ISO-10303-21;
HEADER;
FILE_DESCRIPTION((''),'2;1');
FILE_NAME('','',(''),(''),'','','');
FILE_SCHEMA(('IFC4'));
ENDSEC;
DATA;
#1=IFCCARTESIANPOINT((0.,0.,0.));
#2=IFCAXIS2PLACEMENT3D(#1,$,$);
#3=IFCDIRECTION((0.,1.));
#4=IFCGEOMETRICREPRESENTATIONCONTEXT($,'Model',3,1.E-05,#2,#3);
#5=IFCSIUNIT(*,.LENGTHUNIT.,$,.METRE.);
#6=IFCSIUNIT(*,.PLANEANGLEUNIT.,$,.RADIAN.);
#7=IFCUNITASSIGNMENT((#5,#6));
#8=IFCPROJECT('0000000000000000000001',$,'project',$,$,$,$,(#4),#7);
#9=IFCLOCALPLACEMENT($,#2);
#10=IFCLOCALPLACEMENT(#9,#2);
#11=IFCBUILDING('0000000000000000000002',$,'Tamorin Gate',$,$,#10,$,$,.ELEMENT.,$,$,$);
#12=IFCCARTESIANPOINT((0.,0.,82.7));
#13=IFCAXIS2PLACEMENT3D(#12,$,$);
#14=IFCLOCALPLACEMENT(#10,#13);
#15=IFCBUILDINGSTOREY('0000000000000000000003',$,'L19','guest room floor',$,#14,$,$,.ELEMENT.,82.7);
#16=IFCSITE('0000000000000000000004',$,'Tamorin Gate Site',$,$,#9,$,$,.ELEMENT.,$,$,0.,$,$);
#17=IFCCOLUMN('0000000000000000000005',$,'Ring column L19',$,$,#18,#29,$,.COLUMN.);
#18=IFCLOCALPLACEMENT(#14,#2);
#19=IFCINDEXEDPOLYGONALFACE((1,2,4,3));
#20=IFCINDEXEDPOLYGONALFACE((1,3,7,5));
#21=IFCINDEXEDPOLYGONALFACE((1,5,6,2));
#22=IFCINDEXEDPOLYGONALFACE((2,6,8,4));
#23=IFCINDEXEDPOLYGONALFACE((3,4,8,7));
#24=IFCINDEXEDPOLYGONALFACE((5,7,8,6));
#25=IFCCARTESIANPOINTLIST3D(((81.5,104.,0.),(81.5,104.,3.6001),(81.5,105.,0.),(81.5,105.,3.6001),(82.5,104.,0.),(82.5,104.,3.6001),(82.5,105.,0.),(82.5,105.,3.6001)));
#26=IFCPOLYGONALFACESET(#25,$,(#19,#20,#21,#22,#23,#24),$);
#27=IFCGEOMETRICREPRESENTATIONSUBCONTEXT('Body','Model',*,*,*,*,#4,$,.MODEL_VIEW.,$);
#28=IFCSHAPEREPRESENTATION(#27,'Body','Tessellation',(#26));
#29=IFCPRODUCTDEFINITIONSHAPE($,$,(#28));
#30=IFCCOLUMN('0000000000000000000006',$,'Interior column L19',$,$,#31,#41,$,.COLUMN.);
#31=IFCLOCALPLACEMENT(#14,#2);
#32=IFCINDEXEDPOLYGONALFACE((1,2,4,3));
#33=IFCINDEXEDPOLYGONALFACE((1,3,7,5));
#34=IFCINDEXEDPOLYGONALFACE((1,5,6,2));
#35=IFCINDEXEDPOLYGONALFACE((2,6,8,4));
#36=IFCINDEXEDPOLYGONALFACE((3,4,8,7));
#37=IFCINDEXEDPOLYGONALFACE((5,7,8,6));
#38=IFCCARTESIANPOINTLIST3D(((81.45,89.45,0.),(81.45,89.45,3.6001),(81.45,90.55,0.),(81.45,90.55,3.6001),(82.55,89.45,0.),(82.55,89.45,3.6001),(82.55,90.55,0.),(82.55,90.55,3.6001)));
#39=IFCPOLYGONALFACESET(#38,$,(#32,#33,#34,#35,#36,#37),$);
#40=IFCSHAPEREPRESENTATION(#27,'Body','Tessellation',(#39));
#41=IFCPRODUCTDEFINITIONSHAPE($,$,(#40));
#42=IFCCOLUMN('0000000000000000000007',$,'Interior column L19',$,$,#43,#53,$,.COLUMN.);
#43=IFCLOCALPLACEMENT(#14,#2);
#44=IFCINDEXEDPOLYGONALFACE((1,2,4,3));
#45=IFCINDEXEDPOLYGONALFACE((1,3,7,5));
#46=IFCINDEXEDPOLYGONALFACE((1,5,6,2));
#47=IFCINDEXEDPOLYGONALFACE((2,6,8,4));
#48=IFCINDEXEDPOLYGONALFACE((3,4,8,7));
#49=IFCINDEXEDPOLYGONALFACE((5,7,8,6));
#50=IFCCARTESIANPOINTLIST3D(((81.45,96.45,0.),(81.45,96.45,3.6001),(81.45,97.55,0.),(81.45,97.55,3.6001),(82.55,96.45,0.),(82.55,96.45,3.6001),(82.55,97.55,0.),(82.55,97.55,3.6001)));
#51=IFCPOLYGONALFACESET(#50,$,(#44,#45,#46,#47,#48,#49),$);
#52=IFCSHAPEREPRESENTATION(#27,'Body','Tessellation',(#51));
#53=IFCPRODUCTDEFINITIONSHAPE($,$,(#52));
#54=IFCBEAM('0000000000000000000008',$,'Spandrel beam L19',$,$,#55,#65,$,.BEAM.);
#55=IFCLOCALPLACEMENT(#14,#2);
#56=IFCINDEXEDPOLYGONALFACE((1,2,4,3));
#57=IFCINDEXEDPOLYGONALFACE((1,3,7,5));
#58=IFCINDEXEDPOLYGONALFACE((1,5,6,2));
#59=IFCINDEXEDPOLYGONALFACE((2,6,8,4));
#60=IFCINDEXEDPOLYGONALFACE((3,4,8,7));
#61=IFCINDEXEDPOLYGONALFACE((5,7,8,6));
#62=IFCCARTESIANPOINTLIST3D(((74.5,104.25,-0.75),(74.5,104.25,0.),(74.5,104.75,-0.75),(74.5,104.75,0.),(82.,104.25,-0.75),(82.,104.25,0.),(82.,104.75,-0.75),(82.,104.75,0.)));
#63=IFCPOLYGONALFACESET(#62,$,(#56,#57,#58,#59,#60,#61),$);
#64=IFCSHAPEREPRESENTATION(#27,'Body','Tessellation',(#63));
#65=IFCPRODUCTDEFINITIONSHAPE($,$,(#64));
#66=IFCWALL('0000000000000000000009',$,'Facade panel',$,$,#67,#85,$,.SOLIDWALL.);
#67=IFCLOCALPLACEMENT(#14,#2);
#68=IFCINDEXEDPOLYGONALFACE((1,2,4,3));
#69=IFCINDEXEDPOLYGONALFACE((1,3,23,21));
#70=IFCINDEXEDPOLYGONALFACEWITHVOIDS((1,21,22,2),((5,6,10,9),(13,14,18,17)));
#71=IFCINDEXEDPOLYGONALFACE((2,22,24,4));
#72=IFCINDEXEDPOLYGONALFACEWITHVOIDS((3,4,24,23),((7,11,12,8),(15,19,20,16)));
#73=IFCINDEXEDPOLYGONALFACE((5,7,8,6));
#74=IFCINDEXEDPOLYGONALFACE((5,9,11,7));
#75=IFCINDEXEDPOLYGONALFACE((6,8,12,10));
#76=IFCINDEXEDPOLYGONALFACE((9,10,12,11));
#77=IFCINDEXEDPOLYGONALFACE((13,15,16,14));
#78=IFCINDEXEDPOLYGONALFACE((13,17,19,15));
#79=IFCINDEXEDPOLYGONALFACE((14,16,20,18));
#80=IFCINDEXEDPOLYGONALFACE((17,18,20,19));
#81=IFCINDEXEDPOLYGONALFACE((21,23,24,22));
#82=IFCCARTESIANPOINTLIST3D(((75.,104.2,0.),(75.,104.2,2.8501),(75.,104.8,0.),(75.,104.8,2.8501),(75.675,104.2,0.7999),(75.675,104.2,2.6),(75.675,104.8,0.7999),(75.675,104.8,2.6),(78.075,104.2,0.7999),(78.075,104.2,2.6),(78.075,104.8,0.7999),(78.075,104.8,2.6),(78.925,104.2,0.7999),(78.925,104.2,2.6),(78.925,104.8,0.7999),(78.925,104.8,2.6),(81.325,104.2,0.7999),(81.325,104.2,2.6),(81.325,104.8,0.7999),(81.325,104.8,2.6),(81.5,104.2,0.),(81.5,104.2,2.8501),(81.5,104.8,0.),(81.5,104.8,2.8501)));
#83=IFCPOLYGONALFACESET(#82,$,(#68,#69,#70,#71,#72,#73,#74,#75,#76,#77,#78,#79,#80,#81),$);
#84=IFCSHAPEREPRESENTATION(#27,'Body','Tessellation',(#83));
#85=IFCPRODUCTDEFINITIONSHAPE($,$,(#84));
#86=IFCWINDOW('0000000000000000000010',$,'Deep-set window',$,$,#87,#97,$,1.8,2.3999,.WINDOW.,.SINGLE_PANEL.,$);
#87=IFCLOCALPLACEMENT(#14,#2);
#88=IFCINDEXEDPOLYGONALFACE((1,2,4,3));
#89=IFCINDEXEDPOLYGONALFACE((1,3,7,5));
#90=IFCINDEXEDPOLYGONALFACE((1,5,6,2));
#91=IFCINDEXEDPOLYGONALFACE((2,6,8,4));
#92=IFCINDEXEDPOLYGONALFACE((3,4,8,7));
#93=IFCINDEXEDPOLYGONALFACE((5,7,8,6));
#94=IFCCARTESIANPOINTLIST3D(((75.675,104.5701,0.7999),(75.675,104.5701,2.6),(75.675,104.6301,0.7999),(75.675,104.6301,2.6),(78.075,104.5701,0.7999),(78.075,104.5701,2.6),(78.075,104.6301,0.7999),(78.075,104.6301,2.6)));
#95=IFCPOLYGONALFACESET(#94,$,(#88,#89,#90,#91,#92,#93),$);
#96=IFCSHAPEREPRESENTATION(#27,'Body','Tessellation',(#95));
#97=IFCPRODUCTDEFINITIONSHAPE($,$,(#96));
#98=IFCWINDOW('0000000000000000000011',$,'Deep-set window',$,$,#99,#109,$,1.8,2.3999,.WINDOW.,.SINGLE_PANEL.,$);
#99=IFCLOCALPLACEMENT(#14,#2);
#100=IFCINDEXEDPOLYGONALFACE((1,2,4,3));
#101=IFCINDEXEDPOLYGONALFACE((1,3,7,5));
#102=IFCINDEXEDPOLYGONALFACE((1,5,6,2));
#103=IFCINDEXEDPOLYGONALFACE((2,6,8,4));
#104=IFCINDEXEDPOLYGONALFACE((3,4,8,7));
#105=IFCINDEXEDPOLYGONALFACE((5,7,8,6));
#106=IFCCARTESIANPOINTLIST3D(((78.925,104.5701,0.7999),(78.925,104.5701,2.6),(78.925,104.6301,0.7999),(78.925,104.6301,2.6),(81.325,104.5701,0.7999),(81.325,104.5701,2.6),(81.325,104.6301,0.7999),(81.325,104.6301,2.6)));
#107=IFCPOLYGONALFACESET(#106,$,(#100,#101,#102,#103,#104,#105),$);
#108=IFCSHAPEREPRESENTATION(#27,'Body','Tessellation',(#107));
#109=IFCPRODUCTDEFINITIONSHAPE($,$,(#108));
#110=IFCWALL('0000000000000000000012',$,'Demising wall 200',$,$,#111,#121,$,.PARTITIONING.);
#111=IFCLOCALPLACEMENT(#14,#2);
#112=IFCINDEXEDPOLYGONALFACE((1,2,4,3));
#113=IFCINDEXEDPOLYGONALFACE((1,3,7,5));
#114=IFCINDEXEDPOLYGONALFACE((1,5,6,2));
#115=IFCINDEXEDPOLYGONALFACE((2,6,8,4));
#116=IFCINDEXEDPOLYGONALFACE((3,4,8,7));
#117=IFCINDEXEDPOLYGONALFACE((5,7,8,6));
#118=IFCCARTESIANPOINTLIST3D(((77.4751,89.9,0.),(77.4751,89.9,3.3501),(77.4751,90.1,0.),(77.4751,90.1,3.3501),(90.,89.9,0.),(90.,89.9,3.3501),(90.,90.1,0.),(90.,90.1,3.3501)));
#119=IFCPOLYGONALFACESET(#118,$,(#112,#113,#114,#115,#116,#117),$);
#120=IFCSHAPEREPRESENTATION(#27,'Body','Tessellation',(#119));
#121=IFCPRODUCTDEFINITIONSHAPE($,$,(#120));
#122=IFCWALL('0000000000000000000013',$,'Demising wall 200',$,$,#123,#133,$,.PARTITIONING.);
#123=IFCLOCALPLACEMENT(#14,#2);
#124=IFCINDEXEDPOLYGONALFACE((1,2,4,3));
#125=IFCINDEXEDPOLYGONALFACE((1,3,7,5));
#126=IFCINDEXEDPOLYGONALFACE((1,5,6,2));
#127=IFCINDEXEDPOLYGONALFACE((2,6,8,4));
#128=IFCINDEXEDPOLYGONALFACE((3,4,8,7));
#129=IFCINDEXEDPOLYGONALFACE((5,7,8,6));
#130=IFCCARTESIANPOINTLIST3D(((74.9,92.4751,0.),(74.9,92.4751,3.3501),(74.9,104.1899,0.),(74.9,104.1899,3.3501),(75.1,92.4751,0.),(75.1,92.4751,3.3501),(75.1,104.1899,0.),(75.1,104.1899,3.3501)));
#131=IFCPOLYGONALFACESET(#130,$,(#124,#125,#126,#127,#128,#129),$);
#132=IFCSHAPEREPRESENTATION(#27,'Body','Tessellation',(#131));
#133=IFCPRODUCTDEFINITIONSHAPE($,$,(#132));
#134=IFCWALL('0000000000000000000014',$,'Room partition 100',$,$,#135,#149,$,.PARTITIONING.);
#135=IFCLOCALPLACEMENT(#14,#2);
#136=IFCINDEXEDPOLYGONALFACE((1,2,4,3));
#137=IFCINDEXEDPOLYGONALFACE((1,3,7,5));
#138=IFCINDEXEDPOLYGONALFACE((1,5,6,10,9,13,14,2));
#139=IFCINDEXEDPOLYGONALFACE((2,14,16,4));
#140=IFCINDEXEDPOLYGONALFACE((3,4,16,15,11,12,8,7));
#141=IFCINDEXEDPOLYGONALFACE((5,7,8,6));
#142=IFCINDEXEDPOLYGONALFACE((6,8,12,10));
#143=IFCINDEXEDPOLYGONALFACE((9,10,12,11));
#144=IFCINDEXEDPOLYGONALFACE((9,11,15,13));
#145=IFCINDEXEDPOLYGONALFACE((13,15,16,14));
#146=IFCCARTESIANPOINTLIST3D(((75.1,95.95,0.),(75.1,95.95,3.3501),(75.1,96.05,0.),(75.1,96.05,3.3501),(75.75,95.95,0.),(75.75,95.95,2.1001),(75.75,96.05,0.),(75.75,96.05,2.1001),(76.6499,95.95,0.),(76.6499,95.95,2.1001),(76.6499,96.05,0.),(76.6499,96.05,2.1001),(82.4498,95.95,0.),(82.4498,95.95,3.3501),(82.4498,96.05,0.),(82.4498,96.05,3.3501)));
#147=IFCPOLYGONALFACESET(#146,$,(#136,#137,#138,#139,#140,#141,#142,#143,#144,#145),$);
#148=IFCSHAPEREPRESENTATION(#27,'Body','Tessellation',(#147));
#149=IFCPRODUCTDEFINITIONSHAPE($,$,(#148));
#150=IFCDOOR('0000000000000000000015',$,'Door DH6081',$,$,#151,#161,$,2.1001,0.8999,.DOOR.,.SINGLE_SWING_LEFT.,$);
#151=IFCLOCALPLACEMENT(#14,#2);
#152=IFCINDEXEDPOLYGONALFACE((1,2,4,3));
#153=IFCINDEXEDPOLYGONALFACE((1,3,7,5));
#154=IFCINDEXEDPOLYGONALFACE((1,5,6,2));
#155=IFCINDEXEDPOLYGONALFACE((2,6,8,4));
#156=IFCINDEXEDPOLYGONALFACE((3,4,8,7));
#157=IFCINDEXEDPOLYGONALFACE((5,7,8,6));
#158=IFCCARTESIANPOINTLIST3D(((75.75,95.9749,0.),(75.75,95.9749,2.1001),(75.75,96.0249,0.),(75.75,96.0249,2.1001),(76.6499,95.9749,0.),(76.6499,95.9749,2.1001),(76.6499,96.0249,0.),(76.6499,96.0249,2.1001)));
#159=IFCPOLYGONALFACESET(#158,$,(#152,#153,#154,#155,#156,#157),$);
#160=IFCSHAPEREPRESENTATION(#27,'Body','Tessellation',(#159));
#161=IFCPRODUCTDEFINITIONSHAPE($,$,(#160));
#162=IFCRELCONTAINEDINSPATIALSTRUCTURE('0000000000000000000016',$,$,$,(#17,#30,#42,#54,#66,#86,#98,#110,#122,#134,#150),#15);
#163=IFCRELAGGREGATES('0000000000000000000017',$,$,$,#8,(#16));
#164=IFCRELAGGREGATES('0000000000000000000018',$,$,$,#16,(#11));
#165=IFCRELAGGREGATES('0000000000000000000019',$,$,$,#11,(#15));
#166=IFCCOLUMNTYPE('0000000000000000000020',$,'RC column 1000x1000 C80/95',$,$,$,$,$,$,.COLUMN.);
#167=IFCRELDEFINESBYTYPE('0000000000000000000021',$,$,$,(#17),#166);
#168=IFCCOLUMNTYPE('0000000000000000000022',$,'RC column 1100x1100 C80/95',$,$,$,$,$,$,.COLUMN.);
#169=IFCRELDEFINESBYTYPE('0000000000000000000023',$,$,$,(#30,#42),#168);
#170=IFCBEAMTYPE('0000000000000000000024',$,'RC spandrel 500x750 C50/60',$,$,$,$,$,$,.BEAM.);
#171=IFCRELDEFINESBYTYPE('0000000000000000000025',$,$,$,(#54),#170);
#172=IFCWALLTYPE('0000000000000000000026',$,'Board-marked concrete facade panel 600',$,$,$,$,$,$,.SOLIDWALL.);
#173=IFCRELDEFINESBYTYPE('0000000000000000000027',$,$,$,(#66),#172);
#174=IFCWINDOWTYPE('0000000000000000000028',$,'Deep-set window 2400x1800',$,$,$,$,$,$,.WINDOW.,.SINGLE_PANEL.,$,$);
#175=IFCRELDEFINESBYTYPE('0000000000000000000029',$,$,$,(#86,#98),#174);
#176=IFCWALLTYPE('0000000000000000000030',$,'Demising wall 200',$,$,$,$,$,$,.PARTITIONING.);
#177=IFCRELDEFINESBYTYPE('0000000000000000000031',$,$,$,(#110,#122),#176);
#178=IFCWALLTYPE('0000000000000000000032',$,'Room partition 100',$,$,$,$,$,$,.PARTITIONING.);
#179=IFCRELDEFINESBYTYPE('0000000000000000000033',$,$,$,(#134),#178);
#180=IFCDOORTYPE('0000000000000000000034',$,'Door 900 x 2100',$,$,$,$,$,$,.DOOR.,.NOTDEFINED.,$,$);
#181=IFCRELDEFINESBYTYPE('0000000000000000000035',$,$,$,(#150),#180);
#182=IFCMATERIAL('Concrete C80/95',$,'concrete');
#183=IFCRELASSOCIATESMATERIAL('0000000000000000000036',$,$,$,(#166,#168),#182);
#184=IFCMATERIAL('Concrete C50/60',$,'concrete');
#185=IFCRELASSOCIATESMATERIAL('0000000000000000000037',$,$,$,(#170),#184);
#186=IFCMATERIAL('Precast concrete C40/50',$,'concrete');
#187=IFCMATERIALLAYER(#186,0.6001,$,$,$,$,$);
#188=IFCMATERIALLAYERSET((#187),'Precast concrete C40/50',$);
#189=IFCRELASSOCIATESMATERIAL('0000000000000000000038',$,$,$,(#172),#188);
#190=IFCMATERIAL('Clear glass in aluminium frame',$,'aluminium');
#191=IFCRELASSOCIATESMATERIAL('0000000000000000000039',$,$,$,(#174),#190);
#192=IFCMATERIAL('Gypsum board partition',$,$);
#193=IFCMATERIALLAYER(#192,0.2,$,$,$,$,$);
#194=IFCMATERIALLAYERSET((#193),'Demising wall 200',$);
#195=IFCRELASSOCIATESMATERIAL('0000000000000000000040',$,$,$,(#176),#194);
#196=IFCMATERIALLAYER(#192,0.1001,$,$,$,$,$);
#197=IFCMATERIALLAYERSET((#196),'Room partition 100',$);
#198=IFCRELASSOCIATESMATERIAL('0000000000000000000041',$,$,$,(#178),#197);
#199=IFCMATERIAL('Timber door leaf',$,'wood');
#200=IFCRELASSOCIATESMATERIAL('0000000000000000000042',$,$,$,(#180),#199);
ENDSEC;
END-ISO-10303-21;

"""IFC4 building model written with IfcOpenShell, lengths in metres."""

from ifc_helpers import new_model, si_unit, direction, frame, frame_2d, origin, origin_2d, place, context, subcontext, project, spatial, rectangle, extrude, material, layer, layer_set, material_profile, profile_set, type_object, element, fill, save


model = new_model("IFC4")

# Units and contexts
model_context = context("Model", 3, precision=1e-05, world=origin(), true_north=direction((0.0, 1.0)))
body_context = subcontext(model_context, "Body", "Model", "MODEL_VIEW")
ifc_project = project(units=[si_unit("LENGTHUNIT", "METRE"), si_unit("PLANEANGLEUNIT", "RADIAN")], contexts=[model_context])

# Site, building, storey
site_placement = place(None, origin())
site = spatial("IfcSite", under=ifc_project, at=site_placement, Name="Tamorin Gate Site", CompositionType="ELEMENT", RefElevation=0.0)
building_placement = place(site_placement, origin())
building = spatial("IfcBuilding", under=site, at=building_placement, Name="Tamorin Gate", CompositionType="ELEMENT")
storey_placement = place(building_placement, frame((0.0, 0.0, 82.7)))
storey = spatial("IfcBuildingStorey", under=building, at=storey_placement, Name="L19", Description="guest room floor", CompositionType="ELEMENT", Elevation=82.7)

# Columns
ifc_material_1 = material(Name="Concrete C80/95", Category="concrete")
ifc_material_profile_1 = material_profile(ifc_material_1, rectangle(XDim=1.0, YDim=1.0, at=origin_2d()), Name="RC 1000x1000")
ifc_profile_set_1 = profile_set([ifc_material_profile_1], Name="Concrete C80/95")
column_type_1 = type_object("IfcColumnType", Name="RC column 1000x1000 C80/95", PredefinedType="COLUMN", material=ifc_profile_set_1)
column_placement = place(storey_placement, frame((82.0, 104.5, 0.0), z_axis=(0.0, 0.0, 1.0), x_axis=(1.0, 0.0, 0.0)))
element("IfcColumn", 1, at=column_placement, inside=storey, type_object=column_type_1, Name="Ring column L19", PredefinedType="COLUMN", context=body_context, shape_type="SweptSolid", body=[
    extrude(rectangle(XDim=1.0, YDim=1.0, at=origin_2d()), origin(), (0.0, 0.0, 1.0), 3.6001),
])
ifc_material_profile_2 = material_profile(ifc_material_1, rectangle(XDim=1.1001, YDim=1.1001, at=origin_2d()), Name="RC 1100x1100")
ifc_profile_set_2 = profile_set([ifc_material_profile_2], Name="Concrete C80/95")
column_type_2 = type_object("IfcColumnType", Name="RC column 1100x1100 C80/95", PredefinedType="COLUMN", material=ifc_profile_set_2)
for number, where, z_axis, x_axis, name in (
    (2, (82.0, 90.0, 0.0), (0.0, 0.0, 1.0), (1.0, 0.0, 0.0), "Interior column L19"),
    (3, (82.0, 97.0, 0.0), (0.0, 0.0, 1.0), (1.0, 0.0, 0.0), "Interior column L19"),
):
    element("IfcColumn", number, at=place(storey_placement, frame(where, z_axis=z_axis, x_axis=x_axis)), inside=storey, type_object=column_type_2, Name=name, PredefinedType="COLUMN", context=body_context, shape_type="SweptSolid", body=[
        extrude(rectangle(XDim=1.1001, YDim=1.1001, at=origin_2d()), origin(), (0.0, 0.0, 1.0), 3.6001),
    ])

# Beam
ifc_material_2 = material(Name="Concrete C50/60", Category="concrete")
ifc_material_profile_3 = material_profile(ifc_material_2, rectangle(XDim=0.5, YDim=0.75, at=origin_2d()), Name="RC 500x750")
ifc_profile_set_3 = profile_set([ifc_material_profile_3], Name="Concrete C50/60")
beam_type = type_object("IfcBeamType", Name="RC spandrel 500x750 C50/60", PredefinedType="BEAM", material=ifc_profile_set_3)
beam_placement = place(storey_placement, frame((82.0, 104.5, -0.375), z_axis=(-1.0, 0.0, 0.0), x_axis=(0.0, -1.0, 0.0)))
element("IfcBeam", 4, at=beam_placement, inside=storey, type_object=beam_type, Name="Spandrel beam L19", PredefinedType="BEAM", context=body_context, shape_type="SweptSolid", body=[
    extrude(rectangle(XDim=0.5, YDim=0.75, at=origin_2d()), origin(), (0.0, 0.0, 1.0), 7.5),
])

# Wall, openings, windows
ifc_material_3 = material(Name="Precast concrete C40/50", Category="concrete")
ifc_layer_1 = layer(ifc_material_3, 0.6001)
ifc_layer_set_1 = layer_set([ifc_layer_1], Name="Precast concrete C40/50")
wall_type_1 = type_object("IfcWallType", Name="Board-marked concrete facade panel 600", PredefinedType="SOLIDWALL", material=ifc_layer_set_1)
wall_1_placement = place(storey_placement, frame((81.5, 104.5, 0.0), z_axis=(0.0, 0.0, 1.0), x_axis=(-1.0, 0.0, 0.0)))
wall_1 = element("IfcWall", 5, at=wall_1_placement, inside=storey, type_object=wall_type_1, Name="Facade panel", PredefinedType="SOLIDWALL", context=body_context, shape_type="SweptSolid", body=[
    extrude(rectangle(XDim=6.5, YDim=0.6001, at=frame_2d((3.25, 0.0))), origin(), (0.0, 0.0, 1.0), 2.8501),
])
opening_1_placement = place(wall_1_placement, frame((3.425, 0.0, 0.8)))
opening_1 = element("IfcOpeningElement", 6, at=opening_1_placement, cuts=wall_1, PredefinedType="OPENING", context=body_context, shape_type="SweptSolid", body=[
    extrude(rectangle(XDim=2.3999, YDim=1.8, at=frame_2d((1.2, 0.8999))), frame((0.0, 0.3101, 0.0), z_axis=(0.0, -1.0, 0.0), x_axis=(1.0, 0.0, 0.0)), (0.0, 0.0, 1.0), 0.6201),
])
opening_2_placement = place(wall_1_placement, frame((0.175, 0.0, 0.8)))
opening_2 = element("IfcOpeningElement", 7, at=opening_2_placement, cuts=wall_1, PredefinedType="OPENING", context=body_context, shape_type="SweptSolid", body=[
    extrude(rectangle(XDim=2.3999, YDim=1.8, at=frame_2d((1.2, 0.8999))), frame((0.0, 0.3101, 0.0), z_axis=(0.0, -1.0, 0.0), x_axis=(1.0, 0.0, 0.0)), (0.0, 0.0, 1.0), 0.6201),
])
ifc_material_4 = material(Name="Clear glass in aluminium frame", Category="aluminium")
window_type = type_object("IfcWindowType", Name="Deep-set window 2400x1800", PartitioningType="SINGLE_PANEL", PredefinedType="WINDOW", material=ifc_material_4)
window_1_placement = place(opening_1_placement, origin())
window_1 = element("IfcWindow", 8, at=window_1_placement, inside=storey, type_object=window_type, Name="Deep-set window", OverallHeight=1.8, OverallWidth=2.3999, PartitioningType="SINGLE_PANEL", PredefinedType="WINDOW", context=body_context, shape_type="SweptSolid", body=[
    extrude(rectangle(XDim=2.3999, YDim=1.8, at=frame_2d((1.2, 0.8999))), frame((0.0, -0.0701, 0.0), z_axis=(0.0, -1.0, 0.0), x_axis=(1.0, 0.0, 0.0)), (0.0, 0.0, 1.0), 0.0601),
])
fill(opening_1, window_1)
window_2_placement = place(opening_2_placement, origin())
window_2 = element("IfcWindow", 9, at=window_2_placement, inside=storey, type_object=window_type, Name="Deep-set window", OverallHeight=1.8, OverallWidth=2.3999, PartitioningType="SINGLE_PANEL", PredefinedType="WINDOW", context=body_context, shape_type="SweptSolid", body=[
    extrude(rectangle(XDim=2.3999, YDim=1.8, at=frame_2d((1.2, 0.8999))), frame((0.0, -0.0701, 0.0), z_axis=(0.0, -1.0, 0.0), x_axis=(1.0, 0.0, 0.0)), (0.0, 0.0, 1.0), 0.0601),
])
fill(opening_2, window_2)

# Walls
ifc_material_5 = material(Name="Gypsum board partition")
ifc_layer_2 = layer(ifc_material_5, 0.2)
ifc_layer_set_2 = layer_set([ifc_layer_2], Name="Demising wall 200")
wall_type_2 = type_object("IfcWallType", Name="Demising wall 200", PredefinedType="PARTITIONING", material=ifc_layer_set_2)
wall_2_placement = place(storey_placement, frame((77.4751, 90.0, 0.0), z_axis=(0.0, 0.0, 1.0), x_axis=(1.0, 0.0, 0.0)))
element("IfcWall", 10, at=wall_2_placement, inside=storey, type_object=wall_type_2, Name="Demising wall 200", PredefinedType="PARTITIONING", context=body_context, shape_type="SweptSolid", body=[
    extrude(rectangle(XDim=12.5249, YDim=0.2, at=frame_2d((6.2625, 0.0))), origin(), (0.0, 0.0, 1.0), 3.3501),
])
wall_3_placement = place(storey_placement, frame((75.0, 92.4751, 0.0), z_axis=(0.0, 0.0, 1.0), x_axis=(0.0, 1.0, 0.0)))
element("IfcWall", 11, at=wall_3_placement, inside=storey, type_object=wall_type_2, Name="Demising wall 200", PredefinedType="PARTITIONING", context=body_context, shape_type="SweptSolid", body=[
    extrude(rectangle(XDim=11.7148, YDim=0.2, at=frame_2d((5.8574, 0.0))), origin(), (0.0, 0.0, 1.0), 3.3501),
])

# Wall, opening, door
ifc_layer_3 = layer(ifc_material_5, 0.1001)
ifc_layer_set_3 = layer_set([ifc_layer_3], Name="Room partition 100")
wall_type_3 = type_object("IfcWallType", Name="Room partition 100", PredefinedType="PARTITIONING", material=ifc_layer_set_3)
wall_4_placement = place(storey_placement, frame((75.1001, 96.0, 0.0), z_axis=(0.0, 0.0, 1.0), x_axis=(1.0, 0.0, 0.0)))
wall_4 = element("IfcWall", 12, at=wall_4_placement, inside=storey, type_object=wall_type_3, Name="Room partition 100", PredefinedType="PARTITIONING", context=body_context, shape_type="SweptSolid", body=[
    extrude(rectangle(XDim=7.3499, YDim=0.1001, at=frame_2d((3.6748, 0.0))), origin(), (0.0, 0.0, 1.0), 3.3501),
])
opening_3_placement = place(wall_4_placement, frame((0.6499, 0.0, 0.0)))
opening_3 = element("IfcOpeningElement", 13, at=opening_3_placement, cuts=wall_4, PredefinedType="OPENING", context=body_context, shape_type="SweptSolid", body=[
    extrude(rectangle(XDim=0.8999, YDim=2.1001, at=frame_2d((0.45, 1.05))), frame((0.0, 0.0601, 0.0), z_axis=(0.0, -1.0, 0.0), x_axis=(1.0, 0.0, 0.0)), (0.0, 0.0, 1.0), 0.1201),
])
ifc_material_6 = material(Name="Timber door leaf", Category="wood")
door_type = type_object("IfcDoorType", Name="Door 900 x 2100", OperationType="NOTDEFINED", PredefinedType="DOOR", material=ifc_material_6)
door_1_placement = place(opening_3_placement, origin())
door_1 = element("IfcDoor", 14, at=door_1_placement, inside=storey, type_object=door_type, Name="Door DH6081", OperationType="SINGLE_SWING_LEFT", OverallHeight=2.1001, OverallWidth=0.8999, PredefinedType="DOOR", context=body_context, shape_type="SweptSolid", body=[
    extrude(rectangle(XDim=0.8999, YDim=2.1001, at=frame_2d((0.45, 1.05))), frame((0.0, 0.0249, 0.0), z_axis=(0.0, -1.0, 0.0), x_axis=(1.0, 0.0, 0.0)), (0.0, 0.0, 1.0), 0.05),
])
fill(opening_3, door_1)

save(model, "model.ifc")
